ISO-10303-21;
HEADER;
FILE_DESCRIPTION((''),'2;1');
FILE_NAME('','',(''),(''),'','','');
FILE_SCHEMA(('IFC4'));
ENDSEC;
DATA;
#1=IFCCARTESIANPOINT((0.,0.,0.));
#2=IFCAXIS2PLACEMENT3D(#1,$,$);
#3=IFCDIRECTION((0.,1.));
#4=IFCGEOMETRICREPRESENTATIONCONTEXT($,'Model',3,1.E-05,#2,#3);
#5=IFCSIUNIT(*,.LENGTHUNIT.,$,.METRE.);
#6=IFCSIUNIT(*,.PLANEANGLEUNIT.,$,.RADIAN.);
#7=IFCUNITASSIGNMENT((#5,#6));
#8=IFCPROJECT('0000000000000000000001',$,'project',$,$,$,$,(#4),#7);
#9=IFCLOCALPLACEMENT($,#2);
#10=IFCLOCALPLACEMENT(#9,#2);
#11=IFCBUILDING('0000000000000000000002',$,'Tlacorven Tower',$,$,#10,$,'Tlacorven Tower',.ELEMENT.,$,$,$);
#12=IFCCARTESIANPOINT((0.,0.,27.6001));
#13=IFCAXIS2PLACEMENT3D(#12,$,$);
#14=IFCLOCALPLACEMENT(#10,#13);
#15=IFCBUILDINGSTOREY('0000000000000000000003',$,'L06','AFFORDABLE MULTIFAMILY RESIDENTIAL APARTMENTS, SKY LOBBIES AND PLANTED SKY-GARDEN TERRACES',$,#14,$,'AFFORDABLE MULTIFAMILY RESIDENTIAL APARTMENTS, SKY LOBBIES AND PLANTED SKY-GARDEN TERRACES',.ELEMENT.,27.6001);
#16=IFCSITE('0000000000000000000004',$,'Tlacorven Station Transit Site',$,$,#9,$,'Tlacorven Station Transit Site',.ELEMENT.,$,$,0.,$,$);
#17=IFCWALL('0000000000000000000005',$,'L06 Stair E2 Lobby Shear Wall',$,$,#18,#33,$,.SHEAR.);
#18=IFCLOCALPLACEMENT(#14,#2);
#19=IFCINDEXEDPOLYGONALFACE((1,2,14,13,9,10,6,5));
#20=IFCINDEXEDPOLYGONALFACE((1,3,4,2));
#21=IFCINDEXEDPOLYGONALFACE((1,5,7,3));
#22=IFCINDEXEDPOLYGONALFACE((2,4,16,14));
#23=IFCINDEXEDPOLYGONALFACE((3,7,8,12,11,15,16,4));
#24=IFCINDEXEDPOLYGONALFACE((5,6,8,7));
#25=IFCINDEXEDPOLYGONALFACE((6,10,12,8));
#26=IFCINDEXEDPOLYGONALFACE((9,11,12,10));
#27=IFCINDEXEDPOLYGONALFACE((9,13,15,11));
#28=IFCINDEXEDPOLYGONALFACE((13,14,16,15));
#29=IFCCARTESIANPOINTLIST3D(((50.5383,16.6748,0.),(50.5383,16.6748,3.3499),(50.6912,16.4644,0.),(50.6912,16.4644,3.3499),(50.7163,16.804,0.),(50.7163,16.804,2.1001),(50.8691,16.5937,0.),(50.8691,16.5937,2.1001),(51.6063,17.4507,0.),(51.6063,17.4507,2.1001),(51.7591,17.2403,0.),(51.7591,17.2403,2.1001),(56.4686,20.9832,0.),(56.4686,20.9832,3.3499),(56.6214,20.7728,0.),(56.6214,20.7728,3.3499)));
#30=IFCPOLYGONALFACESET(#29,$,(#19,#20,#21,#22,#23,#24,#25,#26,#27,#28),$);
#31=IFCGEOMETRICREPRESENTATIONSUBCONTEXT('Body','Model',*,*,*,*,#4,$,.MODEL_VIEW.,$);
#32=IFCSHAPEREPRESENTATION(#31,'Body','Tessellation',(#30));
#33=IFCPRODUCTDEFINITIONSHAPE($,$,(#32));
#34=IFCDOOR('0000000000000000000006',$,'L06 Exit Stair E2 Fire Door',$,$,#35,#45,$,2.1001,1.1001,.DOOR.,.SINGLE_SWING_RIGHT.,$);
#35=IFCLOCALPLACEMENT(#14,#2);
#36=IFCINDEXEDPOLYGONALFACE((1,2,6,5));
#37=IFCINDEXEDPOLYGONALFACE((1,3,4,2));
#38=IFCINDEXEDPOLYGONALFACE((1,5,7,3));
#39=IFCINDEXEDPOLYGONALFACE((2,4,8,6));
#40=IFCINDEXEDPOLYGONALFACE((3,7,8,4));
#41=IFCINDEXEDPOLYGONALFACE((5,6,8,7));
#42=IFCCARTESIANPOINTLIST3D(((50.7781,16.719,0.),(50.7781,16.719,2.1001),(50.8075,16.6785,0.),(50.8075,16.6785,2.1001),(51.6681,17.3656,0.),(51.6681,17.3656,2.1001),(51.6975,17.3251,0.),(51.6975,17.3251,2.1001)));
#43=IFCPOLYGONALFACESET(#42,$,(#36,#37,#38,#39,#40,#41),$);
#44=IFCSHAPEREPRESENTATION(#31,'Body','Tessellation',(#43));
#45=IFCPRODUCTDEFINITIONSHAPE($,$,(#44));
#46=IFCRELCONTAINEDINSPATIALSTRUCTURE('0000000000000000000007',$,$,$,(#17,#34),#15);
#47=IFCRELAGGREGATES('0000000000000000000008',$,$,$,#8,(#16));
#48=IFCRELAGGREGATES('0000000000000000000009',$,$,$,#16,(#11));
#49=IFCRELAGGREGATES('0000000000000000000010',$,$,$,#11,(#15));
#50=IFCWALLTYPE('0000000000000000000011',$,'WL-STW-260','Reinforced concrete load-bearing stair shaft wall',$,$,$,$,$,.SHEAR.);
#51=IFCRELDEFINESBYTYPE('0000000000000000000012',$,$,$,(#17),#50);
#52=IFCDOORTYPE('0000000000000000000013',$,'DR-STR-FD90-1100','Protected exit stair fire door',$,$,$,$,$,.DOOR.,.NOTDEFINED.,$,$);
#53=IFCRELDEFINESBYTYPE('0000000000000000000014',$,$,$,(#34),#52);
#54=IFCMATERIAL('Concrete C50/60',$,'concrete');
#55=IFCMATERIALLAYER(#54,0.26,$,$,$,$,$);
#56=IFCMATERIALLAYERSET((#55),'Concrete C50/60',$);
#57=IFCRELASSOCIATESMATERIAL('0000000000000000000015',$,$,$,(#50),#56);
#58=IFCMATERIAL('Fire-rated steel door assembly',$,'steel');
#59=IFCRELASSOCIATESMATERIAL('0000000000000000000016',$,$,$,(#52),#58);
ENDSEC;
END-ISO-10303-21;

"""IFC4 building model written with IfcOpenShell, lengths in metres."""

from ifc_helpers import new_model, si_unit, direction, frame, frame_2d, origin, place, context, subcontext, project, spatial, rectangle, extrude, source, transform, mapped, material, layer, layer_set, type_object, element, fill, save


model = new_model("IFC4")

# Units and contexts
model_context = context("Model", 3, precision=1e-05, world=origin(), true_north=direction((0.0, 1.0)))
body_context = subcontext(model_context, "Body", "Model", "MODEL_VIEW")
ifc_project = project(units=[si_unit("LENGTHUNIT", "METRE"), si_unit("PLANEANGLEUNIT", "RADIAN")], contexts=[model_context])

# Site, building, storey
site_placement = place(None, origin())
site = spatial("IfcSite", under=ifc_project, at=site_placement, Name="Tlacorven Station Transit Site", LongName="Tlacorven Station Transit Site", CompositionType="ELEMENT", RefElevation=0.0)
building_placement = place(site_placement, origin())
building = spatial("IfcBuilding", under=site, at=building_placement, Name="Tlacorven Tower", LongName="Tlacorven Tower", CompositionType="ELEMENT")
storey_placement = place(building_placement, frame((0.0, 0.0, 27.6001)))
storey = spatial("IfcBuildingStorey", under=building, at=storey_placement, Name="L06", Description="AFFORDABLE MULTIFAMILY RESIDENTIAL APARTMENTS, SKY LOBBIES AND PLANTED SKY-GARDEN TERRACES", LongName="AFFORDABLE MULTIFAMILY RESIDENTIAL APARTMENTS, SKY LOBBIES AND PLANTED SKY-GARDEN TERRACES", CompositionType="ELEMENT", Elevation=27.6001)

# Wall, opening, door
ifc_material_1 = material(Name="Fire-rated steel door assembly", Category="steel")
ifc_material_2 = material(Name="Concrete C50/60", Category="concrete")
ifc_layer_1 = layer(ifc_material_2, 0.26)
ifc_layer_set_1 = layer_set([ifc_layer_1], Name="Concrete C50/60")
wall_type_1 = type_object("IfcWallType", Name="WL-STW-260", Description="Reinforced concrete load-bearing stair shaft wall", PredefinedType="SHEAR", material=ifc_layer_set_1)
wall_1_placement = place(storey_placement, frame((50.6147, 16.5696, 0.0), z_axis=(0.0, 0.0, 1.0), x_axis=(0.809028, 0.58777, 0.0)))
wall_1 = element("IfcWall", 1, at=wall_1_placement, inside=storey, type_object=wall_type_1, Name="L06 Stair E2 Lobby Shear Wall", PredefinedType="SHEAR", context=body_context, shape_type="SweptSolid", body=[
    extrude(rectangle(XDim=7.3301, YDim=0.26, at=frame_2d((3.665, 0.0))), origin(), (0.0, 0.0, 1.0), 3.3499),
])
opening_1_placement = place(wall_1_placement, frame((0.22, 0.0, 0.0)))
opening_1 = element("IfcOpeningElement", 2, at=opening_1_placement, cuts=wall_1, PredefinedType="OPENING", context=body_context, shape_type="SweptSolid", body=[
    extrude(rectangle(XDim=1.1001, YDim=2.1001, at=frame_2d((0.55, 1.05))), frame((0.0, 0.1401, 0.0), z_axis=(0.0, -1.0, 0.0), x_axis=(1.0, 0.0, 0.0)), (0.0, 0.0, 1.0), 0.28),
])
door_type_1 = type_object("IfcDoorType", Name="DR-STR-FD90-1100", Description="Protected exit stair fire door", OperationType="NOTDEFINED", PredefinedType="DOOR", material=ifc_material_1)
shared_shape_1 = source(origin(), body_context, "Body", "SweptSolid", [
    extrude(rectangle(XDim=1.1001, YDim=2.1001, at=frame_2d((0.55, 1.05))), frame((0.0, 0.0249, 0.0), z_axis=(0.0, -1.0, 0.0), x_axis=(1.0, 0.0, 0.0)), (0.0, 0.0, 1.0), 0.05),
])
door_1_placement = place(opening_1_placement, origin())
door_1 = element("IfcDoor", 3, at=door_1_placement, inside=storey, type_object=door_type_1, Name="L06 Exit Stair E2 Fire Door", OperationType="SINGLE_SWING_RIGHT", OverallHeight=2.1001, OverallWidth=1.1001, PredefinedType="DOOR", context=body_context, shape_type="MappedRepresentation", body=[
    mapped(shared_shape_1, transform((0.0, 0.0, 0.0), scale=1.0)),
])
fill(opening_1, door_1)

save(model, "model.ifc")
